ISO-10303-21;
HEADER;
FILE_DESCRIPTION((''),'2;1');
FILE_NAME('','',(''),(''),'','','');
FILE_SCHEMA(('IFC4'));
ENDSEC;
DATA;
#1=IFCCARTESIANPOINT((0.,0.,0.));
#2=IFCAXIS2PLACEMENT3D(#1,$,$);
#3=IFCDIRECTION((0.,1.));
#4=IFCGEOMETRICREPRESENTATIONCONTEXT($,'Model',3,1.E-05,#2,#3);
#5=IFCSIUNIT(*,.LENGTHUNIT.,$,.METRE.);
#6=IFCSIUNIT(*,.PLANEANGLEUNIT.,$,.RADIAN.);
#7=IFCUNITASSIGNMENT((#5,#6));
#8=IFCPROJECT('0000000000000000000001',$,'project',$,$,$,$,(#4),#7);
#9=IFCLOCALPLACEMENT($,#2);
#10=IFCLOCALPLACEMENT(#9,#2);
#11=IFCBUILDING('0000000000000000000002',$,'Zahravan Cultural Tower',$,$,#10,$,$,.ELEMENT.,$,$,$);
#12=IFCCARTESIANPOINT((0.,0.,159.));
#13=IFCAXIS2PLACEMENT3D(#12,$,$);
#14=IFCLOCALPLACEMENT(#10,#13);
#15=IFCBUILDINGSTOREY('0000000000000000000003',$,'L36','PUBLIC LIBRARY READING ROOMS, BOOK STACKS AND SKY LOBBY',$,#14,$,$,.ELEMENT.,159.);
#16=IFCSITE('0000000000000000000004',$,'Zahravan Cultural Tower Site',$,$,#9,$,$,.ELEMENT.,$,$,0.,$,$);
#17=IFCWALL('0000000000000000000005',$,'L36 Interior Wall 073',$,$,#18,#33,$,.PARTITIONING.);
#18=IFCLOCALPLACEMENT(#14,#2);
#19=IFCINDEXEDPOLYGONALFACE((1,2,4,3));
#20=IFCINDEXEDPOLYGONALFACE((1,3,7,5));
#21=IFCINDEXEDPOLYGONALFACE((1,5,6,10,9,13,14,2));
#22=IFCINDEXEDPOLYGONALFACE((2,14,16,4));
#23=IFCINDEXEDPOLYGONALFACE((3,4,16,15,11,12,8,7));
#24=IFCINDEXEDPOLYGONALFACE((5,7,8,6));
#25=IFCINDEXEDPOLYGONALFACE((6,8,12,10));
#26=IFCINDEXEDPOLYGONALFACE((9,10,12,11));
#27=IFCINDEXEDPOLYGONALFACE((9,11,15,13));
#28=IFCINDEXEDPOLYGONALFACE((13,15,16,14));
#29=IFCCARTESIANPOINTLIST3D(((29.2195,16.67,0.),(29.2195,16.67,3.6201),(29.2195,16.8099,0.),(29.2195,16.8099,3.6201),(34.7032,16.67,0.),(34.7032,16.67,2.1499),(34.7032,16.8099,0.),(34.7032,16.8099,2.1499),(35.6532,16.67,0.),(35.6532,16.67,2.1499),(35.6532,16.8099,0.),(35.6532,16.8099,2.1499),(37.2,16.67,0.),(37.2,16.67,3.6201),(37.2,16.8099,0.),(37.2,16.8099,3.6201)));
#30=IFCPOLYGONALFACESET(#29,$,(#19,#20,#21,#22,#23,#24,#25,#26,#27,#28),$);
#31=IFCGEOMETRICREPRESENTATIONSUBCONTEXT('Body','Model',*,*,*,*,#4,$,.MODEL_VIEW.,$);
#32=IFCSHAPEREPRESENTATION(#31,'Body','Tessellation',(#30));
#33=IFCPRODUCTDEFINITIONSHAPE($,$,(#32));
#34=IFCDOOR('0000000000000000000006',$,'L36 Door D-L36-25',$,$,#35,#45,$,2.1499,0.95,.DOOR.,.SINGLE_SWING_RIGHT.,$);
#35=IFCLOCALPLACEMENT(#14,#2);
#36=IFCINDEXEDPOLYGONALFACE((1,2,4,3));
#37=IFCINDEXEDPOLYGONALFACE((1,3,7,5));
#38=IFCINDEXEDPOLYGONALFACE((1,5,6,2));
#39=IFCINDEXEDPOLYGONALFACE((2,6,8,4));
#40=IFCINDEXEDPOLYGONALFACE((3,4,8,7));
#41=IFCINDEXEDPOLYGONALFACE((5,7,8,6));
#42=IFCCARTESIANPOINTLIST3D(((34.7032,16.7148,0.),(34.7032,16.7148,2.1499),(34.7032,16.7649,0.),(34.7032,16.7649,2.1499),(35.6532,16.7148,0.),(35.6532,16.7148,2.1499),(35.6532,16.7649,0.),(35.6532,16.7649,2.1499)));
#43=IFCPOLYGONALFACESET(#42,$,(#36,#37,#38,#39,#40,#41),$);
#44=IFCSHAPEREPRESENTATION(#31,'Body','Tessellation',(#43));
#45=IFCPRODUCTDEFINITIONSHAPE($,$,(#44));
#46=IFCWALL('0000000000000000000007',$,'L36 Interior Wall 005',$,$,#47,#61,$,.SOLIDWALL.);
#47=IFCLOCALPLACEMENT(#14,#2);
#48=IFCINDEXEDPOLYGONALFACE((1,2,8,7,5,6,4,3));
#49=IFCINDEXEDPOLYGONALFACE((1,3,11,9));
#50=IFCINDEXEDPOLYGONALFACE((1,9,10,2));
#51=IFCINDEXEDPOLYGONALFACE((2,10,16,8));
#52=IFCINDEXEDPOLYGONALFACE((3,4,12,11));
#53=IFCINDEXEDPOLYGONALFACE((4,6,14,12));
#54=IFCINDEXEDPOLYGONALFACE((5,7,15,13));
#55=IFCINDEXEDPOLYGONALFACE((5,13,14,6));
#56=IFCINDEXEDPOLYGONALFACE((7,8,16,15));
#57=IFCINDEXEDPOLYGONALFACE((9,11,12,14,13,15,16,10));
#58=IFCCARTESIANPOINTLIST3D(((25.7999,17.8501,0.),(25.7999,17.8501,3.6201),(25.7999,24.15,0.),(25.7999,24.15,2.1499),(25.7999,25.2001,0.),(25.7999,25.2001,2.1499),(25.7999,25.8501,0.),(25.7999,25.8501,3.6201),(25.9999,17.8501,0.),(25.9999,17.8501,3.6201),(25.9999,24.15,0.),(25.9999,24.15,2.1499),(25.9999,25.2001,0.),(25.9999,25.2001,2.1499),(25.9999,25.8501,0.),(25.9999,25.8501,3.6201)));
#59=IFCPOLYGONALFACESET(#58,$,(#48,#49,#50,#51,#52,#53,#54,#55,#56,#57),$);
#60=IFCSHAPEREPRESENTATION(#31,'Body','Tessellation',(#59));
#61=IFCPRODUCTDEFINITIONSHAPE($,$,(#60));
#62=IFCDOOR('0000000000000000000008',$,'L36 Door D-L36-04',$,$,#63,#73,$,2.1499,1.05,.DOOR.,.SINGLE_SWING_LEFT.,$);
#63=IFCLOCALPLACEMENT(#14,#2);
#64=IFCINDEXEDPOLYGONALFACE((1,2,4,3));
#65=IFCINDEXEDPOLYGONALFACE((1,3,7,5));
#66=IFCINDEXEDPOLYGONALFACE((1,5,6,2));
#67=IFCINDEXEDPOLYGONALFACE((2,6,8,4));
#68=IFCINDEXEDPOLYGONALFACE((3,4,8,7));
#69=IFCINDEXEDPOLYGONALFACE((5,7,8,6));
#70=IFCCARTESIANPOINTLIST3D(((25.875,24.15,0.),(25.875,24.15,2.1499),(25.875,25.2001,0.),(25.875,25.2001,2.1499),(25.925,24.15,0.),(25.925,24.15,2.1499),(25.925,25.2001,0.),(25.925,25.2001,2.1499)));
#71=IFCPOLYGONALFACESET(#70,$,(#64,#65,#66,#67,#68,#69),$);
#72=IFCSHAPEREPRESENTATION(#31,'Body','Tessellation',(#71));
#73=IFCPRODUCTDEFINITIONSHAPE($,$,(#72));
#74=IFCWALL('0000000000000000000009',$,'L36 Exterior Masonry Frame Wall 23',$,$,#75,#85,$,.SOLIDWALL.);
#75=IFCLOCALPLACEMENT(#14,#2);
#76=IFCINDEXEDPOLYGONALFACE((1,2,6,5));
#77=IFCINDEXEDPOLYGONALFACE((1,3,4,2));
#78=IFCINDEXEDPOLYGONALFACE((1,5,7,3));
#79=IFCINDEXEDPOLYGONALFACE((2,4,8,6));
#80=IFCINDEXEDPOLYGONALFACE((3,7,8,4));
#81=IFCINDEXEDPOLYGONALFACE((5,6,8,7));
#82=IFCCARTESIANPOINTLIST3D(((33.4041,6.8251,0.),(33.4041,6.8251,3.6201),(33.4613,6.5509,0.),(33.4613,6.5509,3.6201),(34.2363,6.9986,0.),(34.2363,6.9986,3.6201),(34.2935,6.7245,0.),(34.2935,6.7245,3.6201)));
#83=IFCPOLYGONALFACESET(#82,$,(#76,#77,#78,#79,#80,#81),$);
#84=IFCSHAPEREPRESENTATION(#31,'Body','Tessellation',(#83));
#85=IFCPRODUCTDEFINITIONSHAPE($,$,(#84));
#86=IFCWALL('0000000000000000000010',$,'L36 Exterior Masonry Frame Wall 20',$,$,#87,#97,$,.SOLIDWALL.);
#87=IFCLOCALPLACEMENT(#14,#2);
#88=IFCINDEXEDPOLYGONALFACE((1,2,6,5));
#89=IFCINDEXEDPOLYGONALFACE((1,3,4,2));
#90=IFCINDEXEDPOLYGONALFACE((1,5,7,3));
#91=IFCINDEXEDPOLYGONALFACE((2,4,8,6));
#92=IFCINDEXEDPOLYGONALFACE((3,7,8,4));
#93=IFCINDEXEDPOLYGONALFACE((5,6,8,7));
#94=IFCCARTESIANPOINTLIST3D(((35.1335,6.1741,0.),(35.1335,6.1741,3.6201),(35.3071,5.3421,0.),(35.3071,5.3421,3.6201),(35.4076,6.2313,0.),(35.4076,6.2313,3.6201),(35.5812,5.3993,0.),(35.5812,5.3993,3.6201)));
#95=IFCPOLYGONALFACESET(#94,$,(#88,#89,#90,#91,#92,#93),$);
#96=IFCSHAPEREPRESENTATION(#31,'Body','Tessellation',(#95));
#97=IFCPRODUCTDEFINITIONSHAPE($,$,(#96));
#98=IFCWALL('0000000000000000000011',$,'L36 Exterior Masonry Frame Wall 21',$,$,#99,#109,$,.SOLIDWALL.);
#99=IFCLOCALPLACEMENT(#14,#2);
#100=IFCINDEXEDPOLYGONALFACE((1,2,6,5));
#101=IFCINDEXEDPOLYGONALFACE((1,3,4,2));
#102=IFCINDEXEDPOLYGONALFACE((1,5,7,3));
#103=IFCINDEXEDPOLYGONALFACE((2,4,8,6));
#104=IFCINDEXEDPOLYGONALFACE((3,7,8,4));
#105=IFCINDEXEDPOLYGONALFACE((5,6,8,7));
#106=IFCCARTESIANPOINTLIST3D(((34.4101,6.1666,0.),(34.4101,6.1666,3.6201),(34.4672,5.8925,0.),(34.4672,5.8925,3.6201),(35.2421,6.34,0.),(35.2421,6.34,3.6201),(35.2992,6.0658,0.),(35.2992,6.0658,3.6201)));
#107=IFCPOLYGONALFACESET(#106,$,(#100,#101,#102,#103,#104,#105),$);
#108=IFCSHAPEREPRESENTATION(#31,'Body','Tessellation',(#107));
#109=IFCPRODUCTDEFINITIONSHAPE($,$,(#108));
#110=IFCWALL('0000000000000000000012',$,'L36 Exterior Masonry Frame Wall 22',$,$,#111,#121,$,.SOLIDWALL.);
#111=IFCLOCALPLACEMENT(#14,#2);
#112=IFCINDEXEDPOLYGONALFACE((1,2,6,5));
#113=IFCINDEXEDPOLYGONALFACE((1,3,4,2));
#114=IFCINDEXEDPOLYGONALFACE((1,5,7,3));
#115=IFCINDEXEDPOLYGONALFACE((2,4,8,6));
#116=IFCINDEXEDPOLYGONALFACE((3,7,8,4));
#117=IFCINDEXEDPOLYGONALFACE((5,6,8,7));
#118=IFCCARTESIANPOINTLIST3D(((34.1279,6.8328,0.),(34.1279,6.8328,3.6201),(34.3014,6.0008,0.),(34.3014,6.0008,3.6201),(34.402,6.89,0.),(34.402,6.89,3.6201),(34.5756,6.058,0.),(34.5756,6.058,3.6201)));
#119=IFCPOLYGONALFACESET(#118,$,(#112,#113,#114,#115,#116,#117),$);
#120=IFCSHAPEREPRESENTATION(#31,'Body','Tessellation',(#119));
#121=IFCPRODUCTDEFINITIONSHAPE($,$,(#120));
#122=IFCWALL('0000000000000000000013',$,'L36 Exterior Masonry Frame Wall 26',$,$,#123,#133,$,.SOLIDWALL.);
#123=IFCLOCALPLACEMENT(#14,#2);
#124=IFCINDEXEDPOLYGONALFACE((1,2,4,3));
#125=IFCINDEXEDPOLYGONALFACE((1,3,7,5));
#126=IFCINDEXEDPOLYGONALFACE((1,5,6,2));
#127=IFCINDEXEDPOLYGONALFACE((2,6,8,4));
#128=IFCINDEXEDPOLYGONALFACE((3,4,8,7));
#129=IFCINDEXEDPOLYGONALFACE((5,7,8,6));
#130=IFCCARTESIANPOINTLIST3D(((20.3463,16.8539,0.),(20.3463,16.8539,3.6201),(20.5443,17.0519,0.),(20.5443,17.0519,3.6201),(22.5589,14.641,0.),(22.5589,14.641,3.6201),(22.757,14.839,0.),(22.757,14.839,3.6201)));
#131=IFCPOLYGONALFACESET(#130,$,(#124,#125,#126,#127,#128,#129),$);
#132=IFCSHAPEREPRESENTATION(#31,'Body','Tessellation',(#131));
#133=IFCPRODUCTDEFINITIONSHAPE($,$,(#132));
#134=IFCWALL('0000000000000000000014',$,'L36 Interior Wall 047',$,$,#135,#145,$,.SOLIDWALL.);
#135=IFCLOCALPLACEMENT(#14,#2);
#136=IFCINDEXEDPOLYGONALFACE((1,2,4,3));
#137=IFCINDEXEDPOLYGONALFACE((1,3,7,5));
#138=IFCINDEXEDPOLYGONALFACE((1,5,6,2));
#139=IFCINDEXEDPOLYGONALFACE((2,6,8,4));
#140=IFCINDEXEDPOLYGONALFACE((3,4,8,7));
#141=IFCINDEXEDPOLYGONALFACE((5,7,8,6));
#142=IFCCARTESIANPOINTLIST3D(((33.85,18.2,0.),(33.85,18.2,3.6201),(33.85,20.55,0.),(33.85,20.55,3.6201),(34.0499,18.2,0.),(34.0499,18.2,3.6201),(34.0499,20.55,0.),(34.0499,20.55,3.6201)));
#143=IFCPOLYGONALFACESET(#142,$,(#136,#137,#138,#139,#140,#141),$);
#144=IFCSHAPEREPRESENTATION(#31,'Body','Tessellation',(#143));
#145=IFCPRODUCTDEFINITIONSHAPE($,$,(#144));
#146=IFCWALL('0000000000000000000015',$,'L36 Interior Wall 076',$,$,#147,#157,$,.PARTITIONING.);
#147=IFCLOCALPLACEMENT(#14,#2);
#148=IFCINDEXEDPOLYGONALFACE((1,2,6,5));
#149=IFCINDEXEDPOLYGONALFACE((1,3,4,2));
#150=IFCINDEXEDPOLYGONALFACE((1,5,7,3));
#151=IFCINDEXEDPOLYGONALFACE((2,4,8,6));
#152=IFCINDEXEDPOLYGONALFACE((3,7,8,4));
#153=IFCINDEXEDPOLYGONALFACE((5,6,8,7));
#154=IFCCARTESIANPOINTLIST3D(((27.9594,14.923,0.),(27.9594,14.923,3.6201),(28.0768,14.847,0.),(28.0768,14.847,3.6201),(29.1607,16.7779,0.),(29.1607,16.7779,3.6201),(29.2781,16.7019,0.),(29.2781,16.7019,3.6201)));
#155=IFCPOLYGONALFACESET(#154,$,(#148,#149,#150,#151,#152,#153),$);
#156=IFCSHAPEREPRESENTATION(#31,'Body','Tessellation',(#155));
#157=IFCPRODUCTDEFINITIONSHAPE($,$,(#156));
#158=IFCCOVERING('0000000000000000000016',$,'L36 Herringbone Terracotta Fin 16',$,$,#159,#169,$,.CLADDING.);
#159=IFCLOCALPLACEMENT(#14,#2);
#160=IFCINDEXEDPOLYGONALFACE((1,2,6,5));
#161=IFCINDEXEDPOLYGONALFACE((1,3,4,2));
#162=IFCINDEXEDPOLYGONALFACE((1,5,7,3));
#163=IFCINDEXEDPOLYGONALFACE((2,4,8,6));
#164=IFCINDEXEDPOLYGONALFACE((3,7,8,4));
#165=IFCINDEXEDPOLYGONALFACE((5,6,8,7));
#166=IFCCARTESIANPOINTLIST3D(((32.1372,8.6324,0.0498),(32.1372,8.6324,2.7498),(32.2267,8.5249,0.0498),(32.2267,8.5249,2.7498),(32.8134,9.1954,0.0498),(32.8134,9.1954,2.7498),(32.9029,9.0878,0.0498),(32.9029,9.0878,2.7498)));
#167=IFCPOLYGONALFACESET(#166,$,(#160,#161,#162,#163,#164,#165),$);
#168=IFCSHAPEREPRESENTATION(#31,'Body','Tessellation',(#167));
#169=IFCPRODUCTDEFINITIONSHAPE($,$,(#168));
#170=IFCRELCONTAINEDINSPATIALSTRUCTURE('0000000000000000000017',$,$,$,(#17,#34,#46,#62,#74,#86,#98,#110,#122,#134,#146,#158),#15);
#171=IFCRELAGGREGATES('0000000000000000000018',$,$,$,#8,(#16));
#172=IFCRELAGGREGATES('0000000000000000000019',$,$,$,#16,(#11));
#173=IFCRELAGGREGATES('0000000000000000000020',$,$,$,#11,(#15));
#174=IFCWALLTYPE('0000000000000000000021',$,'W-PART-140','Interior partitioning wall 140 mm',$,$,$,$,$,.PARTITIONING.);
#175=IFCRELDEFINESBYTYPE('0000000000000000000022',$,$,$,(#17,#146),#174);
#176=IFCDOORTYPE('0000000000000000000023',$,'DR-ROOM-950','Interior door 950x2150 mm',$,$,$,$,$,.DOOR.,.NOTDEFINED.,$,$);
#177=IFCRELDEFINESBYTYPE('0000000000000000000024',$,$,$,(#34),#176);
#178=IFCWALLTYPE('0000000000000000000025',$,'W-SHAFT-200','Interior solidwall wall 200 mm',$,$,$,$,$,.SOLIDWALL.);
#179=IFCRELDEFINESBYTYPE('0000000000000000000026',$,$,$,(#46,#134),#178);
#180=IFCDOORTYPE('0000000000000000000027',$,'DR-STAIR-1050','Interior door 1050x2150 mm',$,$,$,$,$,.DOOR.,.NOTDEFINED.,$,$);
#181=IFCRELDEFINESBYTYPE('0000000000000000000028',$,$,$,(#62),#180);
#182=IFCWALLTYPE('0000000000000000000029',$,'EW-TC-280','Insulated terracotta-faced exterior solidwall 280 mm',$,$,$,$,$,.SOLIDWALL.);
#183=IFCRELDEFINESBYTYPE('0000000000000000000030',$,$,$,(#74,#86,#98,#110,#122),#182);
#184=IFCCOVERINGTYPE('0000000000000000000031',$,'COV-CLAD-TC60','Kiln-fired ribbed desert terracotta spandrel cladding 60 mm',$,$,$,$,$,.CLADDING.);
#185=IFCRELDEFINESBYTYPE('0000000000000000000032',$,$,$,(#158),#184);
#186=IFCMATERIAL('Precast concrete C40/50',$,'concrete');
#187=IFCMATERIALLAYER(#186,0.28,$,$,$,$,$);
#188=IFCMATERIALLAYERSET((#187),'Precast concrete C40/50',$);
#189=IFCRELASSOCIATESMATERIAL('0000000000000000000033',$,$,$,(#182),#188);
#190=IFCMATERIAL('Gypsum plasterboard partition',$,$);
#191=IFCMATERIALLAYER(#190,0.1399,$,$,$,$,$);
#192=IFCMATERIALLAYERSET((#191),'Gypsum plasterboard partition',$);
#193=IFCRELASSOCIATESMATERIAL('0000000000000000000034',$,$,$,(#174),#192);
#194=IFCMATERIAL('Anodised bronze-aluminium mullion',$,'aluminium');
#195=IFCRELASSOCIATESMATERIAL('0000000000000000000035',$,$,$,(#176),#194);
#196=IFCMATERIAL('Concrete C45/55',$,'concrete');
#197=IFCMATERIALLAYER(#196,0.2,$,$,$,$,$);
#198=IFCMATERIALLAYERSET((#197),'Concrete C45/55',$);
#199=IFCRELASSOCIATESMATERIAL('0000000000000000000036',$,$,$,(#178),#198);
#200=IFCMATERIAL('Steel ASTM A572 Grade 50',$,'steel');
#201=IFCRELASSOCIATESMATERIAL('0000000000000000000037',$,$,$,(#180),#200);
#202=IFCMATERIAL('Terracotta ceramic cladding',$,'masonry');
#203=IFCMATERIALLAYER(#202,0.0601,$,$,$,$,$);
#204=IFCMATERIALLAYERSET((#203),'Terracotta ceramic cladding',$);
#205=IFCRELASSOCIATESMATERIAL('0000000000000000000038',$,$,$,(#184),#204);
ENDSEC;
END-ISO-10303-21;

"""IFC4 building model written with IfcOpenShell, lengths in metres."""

from ifc_helpers import new_model, si_unit, direction, frame, frame_2d, origin, origin_2d, place, context, subcontext, project, spatial, rectangle, extrude, source, transform, mapped, material, layer, layer_set, type_object, element, fill, save


model = new_model("IFC4")

# Units and contexts
model_context = context("Model", 3, precision=1e-05, world=origin(), true_north=direction((0.0, 1.0)))
body_context = subcontext(model_context, "Body", "Model", "MODEL_VIEW")
ifc_project = project(units=[si_unit("LENGTHUNIT", "METRE"), si_unit("PLANEANGLEUNIT", "RADIAN")], contexts=[model_context])

# Site, building, storey
site_placement = place(None, origin())
site = spatial("IfcSite", under=ifc_project, at=site_placement, Name="Zahravan Cultural Tower Site", CompositionType="ELEMENT", RefElevation=0.0)
building_placement = place(site_placement, origin())
building = spatial("IfcBuilding", under=site, at=building_placement, Name="Zahravan Cultural Tower", CompositionType="ELEMENT")
storey_placement = place(building_placement, frame((0.0, 0.0, 159.0)))
storey = spatial("IfcBuildingStorey", under=building, at=storey_placement, Name="L36", Description="PUBLIC LIBRARY READING ROOMS, BOOK STACKS AND SKY LOBBY", CompositionType="ELEMENT", Elevation=159.0)

# Shared definitions
ifc_material_1 = material(Name="Anodised bronze-aluminium mullion", Category="aluminium")

# Shared definitions
ifc_material_2 = material(Name="Steel ASTM A572 Grade 50", Category="steel")

# Shared definitions
ifc_material_3 = material(Name="Precast concrete C40/50", Category="concrete")
ifc_layer_1 = layer(ifc_material_3, 0.28)
ifc_layer_set_1 = layer_set([ifc_layer_1], Name="Precast concrete C40/50")
wall_type_1 = type_object("IfcWallType", Name="EW-TC-280", Description="Insulated terracotta-faced exterior solidwall 280 mm", PredefinedType="SOLIDWALL", material=ifc_layer_set_1)

# Walls, openings, doors
ifc_material_4 = material(Name="Gypsum plasterboard partition")
ifc_layer_2 = layer(ifc_material_4, 0.1399)
ifc_layer_set_2 = layer_set([ifc_layer_2], Name="Gypsum plasterboard partition")
wall_type_2 = type_object("IfcWallType", Name="W-PART-140", Description="Interior partitioning wall 140 mm", PredefinedType="PARTITIONING", material=ifc_layer_set_2)
wall_1_placement = place(storey_placement, frame((29.2195, 16.74, 0.0), z_axis=(0.0, 0.0, 1.0), x_axis=(1.0, 0.0, 0.0)))
wall_1 = element("IfcWall", 1, at=wall_1_placement, inside=storey, type_object=wall_type_2, Name="L36 Interior Wall 073", PredefinedType="PARTITIONING", context=body_context, shape_type="SweptSolid", body=[
    extrude(rectangle(XDim=7.9805, YDim=0.1399, at=frame_2d((3.9902, 0.0))), origin(), (0.0, 0.0, 1.0), 3.6201),
])
opening_1_placement = place(wall_1_placement, frame((5.4836, 0.0, 0.0)))
opening_1 = element("IfcOpeningElement", 2, at=opening_1_placement, cuts=wall_1, PredefinedType="OPENING", context=body_context, shape_type="SweptSolid", body=[
    extrude(rectangle(XDim=0.95, YDim=2.1499, at=frame_2d((0.4751, 1.075))), frame((0.0, 0.0798, 0.0), z_axis=(0.0, -1.0, 0.0), x_axis=(1.0, 0.0, 0.0)), (0.0, 0.0, 1.0), 0.1599),
])
door_type_1 = type_object("IfcDoorType", Name="DR-ROOM-950", Description="Interior door 950x2150 mm", OperationType="NOTDEFINED", PredefinedType="DOOR", material=ifc_material_1)
shared_shape_1 = source(origin(), body_context, "Body", "SweptSolid", [
    extrude(rectangle(XDim=0.95, YDim=2.1499, at=frame_2d((0.4751, 1.075))), frame((0.0, 0.0249, 0.0), z_axis=(0.0, -1.0, 0.0), x_axis=(1.0, 0.0, 0.0)), (0.0, 0.0, 1.0), 0.05),
])
door_1_placement = place(opening_1_placement, origin())
door_1 = element("IfcDoor", 3, at=door_1_placement, inside=storey, type_object=door_type_1, Name="L36 Door D-L36-25", OperationType="SINGLE_SWING_RIGHT", OverallHeight=2.1499, OverallWidth=0.95, PredefinedType="DOOR", context=body_context, shape_type="MappedRepresentation", body=[
    mapped(shared_shape_1, transform((0.0, 0.0, 0.0), x_axis=(1.0, 0.0, 0.0), y_axis=(0.0, 1.0, 0.0), z_axis=(0.0, 0.0, 1.0), scale=1.0)),
])
fill(opening_1, door_1)
ifc_material_5 = material(Name="Concrete C45/55", Category="concrete")
ifc_layer_3 = layer(ifc_material_5, 0.2)
ifc_layer_set_3 = layer_set([ifc_layer_3], Name="Concrete C45/55")
wall_type_3 = type_object("IfcWallType", Name="W-SHAFT-200", Description="Interior solidwall wall 200 mm", PredefinedType="SOLIDWALL", material=ifc_layer_set_3)
wall_2_placement = place(storey_placement, frame((25.8999, 17.8501, 0.0), z_axis=(0.0, 0.0, 1.0), x_axis=(0.0, 1.0, 0.0)))
wall_2 = element("IfcWall", 4, at=wall_2_placement, inside=storey, type_object=wall_type_3, Name="L36 Interior Wall 005", PredefinedType="SOLIDWALL", context=body_context, shape_type="SweptSolid", body=[
    extrude(rectangle(XDim=8.0, YDim=0.2, at=frame_2d((4.0, 0.0))), origin(), (0.0, 0.0, 1.0), 3.6201),
])
opening_2_placement = place(wall_2_placement, frame((6.3, 0.0, 0.0)))
opening_2 = element("IfcOpeningElement", 5, at=opening_2_placement, cuts=wall_2, PredefinedType="OPENING", context=body_context, shape_type="SweptSolid", body=[
    extrude(rectangle(XDim=1.05, YDim=2.1499, at=frame_2d((0.5249, 1.075))), frame((0.0, 0.1099, 0.0), z_axis=(0.0, -1.0, 0.0), x_axis=(1.0, 0.0, 0.0)), (0.0, 0.0, 1.0), 0.22),
])
door_type_2 = type_object("IfcDoorType", Name="DR-STAIR-1050", Description="Interior door 1050x2150 mm", OperationType="NOTDEFINED", PredefinedType="DOOR", material=ifc_material_2)
shared_shape_2 = source(origin(), body_context, "Body", "SweptSolid", [
    extrude(rectangle(XDim=1.05, YDim=2.1499, at=frame_2d((0.5249, 1.075))), frame((0.0, 0.0249, 0.0), z_axis=(0.0, -1.0, 0.0), x_axis=(1.0, 0.0, 0.0)), (0.0, 0.0, 1.0), 0.05),
])
door_2_placement = place(opening_2_placement, origin())
door_2 = element("IfcDoor", 6, at=door_2_placement, inside=storey, type_object=door_type_2, Name="L36 Door D-L36-04", OperationType="SINGLE_SWING_LEFT", OverallHeight=2.1499, OverallWidth=1.05, PredefinedType="DOOR", context=body_context, shape_type="MappedRepresentation", body=[
    mapped(shared_shape_2, transform((0.0, 0.0, 0.0), x_axis=(1.0, 0.0, 0.0), y_axis=(0.0, 1.0, 0.0), z_axis=(0.0, 0.0, 1.0), scale=1.0)),
])
fill(opening_2, door_2)

# Walls
shared_shape_3 = source(origin(), body_context, "Body", "SweptSolid", [
    extrude(rectangle(XDim=0.8501, YDim=0.28, at=frame_2d((0.425, 0.0))), origin(), (0.0, 0.0, 1.0), 3.6201),
])
wall_3_placement = place(storey_placement, frame((34.2649, 6.8616, 0.0), z_axis=(0.0, 0.0, 1.0), x_axis=(-0.978935, -0.204172, 0.0)))
element("IfcWall", 7, at=wall_3_placement, inside=storey, type_object=wall_type_1, Name="L36 Exterior Masonry Frame Wall 23", PredefinedType="SOLIDWALL", context=body_context, shape_type="MappedRepresentation", body=[
    mapped(shared_shape_3, transform((0.0, 0.0, 0.0), x_axis=(1.0, 0.0, 0.0), y_axis=(0.0, 1.0, 0.0), z_axis=(0.0, 0.0, 1.0), scale=1.0)),
])
shared_shape_4 = source(origin(), body_context, "Body", "SweptSolid", [
    extrude(rectangle(XDim=0.8499, YDim=0.28, at=frame_2d((0.4248, 0.0))), origin(), (0.0, 0.0, 1.0), 3.6201),
])
for number, where, z_axis, x_axis, name in (
    (8, (35.4441, 5.3708, 0.0), (0.0, 0.0, 1.0), (-0.20423, 0.978923, 0.0), "L36 Exterior Masonry Frame Wall 20"),
    (9, (35.2705, 6.2029, 0.0), (0.0, 0.0, 1.0), (-0.97898, -0.203954, 0.0), "L36 Exterior Masonry Frame Wall 21"),
    (10, (34.4385, 6.0295, 0.0), (0.0, 0.0, 1.0), (-0.20423, 0.978923, 0.0), "L36 Exterior Masonry Frame Wall 22"),
):
    element("IfcWall", number, at=place(storey_placement, frame(where, z_axis=z_axis, x_axis=x_axis)), inside=storey, type_object=wall_type_1, Name=name, PredefinedType="SOLIDWALL", context=body_context, shape_type="MappedRepresentation", body=[
        mapped(shared_shape_4, transform((0.0, 0.0, 0.0), x_axis=(1.0, 0.0, 0.0), y_axis=(0.0, 1.0, 0.0), z_axis=(0.0, 0.0, 1.0), scale=1.0)),
    ])
shared_shape_5 = source(origin(), body_context, "Body", "SweptSolid", [
    extrude(rectangle(XDim=3.1294, YDim=0.28, at=frame_2d((1.5647, 0.0))), origin(), (0.0, 0.0, 1.0), 3.6201),
])
wall_4_placement = place(storey_placement, frame((22.658, 14.74, 0.0), z_axis=(0.0, 0.0, 1.0), x_axis=(-0.707068, 0.707146, 0.0)))
element("IfcWall", 11, at=wall_4_placement, inside=storey, type_object=wall_type_1, Name="L36 Exterior Masonry Frame Wall 26", PredefinedType="SOLIDWALL", context=body_context, shape_type="MappedRepresentation", body=[
    mapped(shared_shape_5, transform((0.0, 0.0, 0.0), x_axis=(1.0, 0.0, 0.0), y_axis=(0.0, 1.0, 0.0), z_axis=(0.0, 0.0, 1.0), scale=1.0)),
])
shared_shape_6 = source(origin(), body_context, "Body", "SweptSolid", [
    extrude(rectangle(XDim=2.3501, YDim=0.2, at=frame_2d((1.175, 0.0))), origin(), (0.0, 0.0, 1.0), 3.6201),
])
wall_5_placement = place(storey_placement, frame((33.95, 18.2, 0.0), z_axis=(0.0, 0.0, 1.0), x_axis=(0.0, 1.0, 0.0)))
element("IfcWall", 12, at=wall_5_placement, inside=storey, type_object=wall_type_3, Name="L36 Interior Wall 047", PredefinedType="SOLIDWALL", context=body_context, shape_type="MappedRepresentation", body=[
    mapped(shared_shape_6, transform((0.0, 0.0, 0.0), x_axis=(1.0, 0.0, 0.0), y_axis=(0.0, 1.0, 0.0), z_axis=(0.0, 0.0, 1.0), scale=1.0)),
])
shared_shape_7 = source(origin(), body_context, "Body", "SweptSolid", [
    extrude(rectangle(XDim=2.21, YDim=0.1399, at=frame_2d((1.105, 0.0))), origin(), (0.0, 0.0, 1.0), 3.6201),
])
wall_6_placement = place(storey_placement, frame((28.0181, 14.885, 0.0), z_axis=(0.0, 0.0, 1.0), x_axis=(0.543613, 0.839336, 0.0)))
element("IfcWall", 13, at=wall_6_placement, inside=storey, type_object=wall_type_2, Name="L36 Interior Wall 076", PredefinedType="PARTITIONING", context=body_context, shape_type="MappedRepresentation", body=[
    mapped(shared_shape_7, transform((0.0, 0.0, 0.0), x_axis=(1.0, 0.0, 0.0), y_axis=(0.0, 1.0, 0.0), z_axis=(0.0, 0.0, 1.0), scale=1.0)),
])

# Covering
ifc_material_6 = material(Name="Terracotta ceramic cladding", Category="masonry")
ifc_layer_4 = layer(ifc_material_6, 0.0601)
ifc_layer_set_4 = layer_set([ifc_layer_4], Name="Terracotta ceramic cladding")
covering_type = type_object("IfcCoveringType", Name="COV-CLAD-TC60", Description="Kiln-fired ribbed desert terracotta spandrel cladding 60 mm", PredefinedType="CLADDING", material=ifc_layer_set_4)
shared_shape_8 = source(origin(), body_context, "Body", "SweptSolid", [
    extrude(rectangle(XDim=0.8799, YDim=0.1399, at=origin_2d()), origin(), (0.0, 0.0, 1.0), 2.7),
])
for number, where, z_axis, x_axis, name in (
    (14, (32.52, 8.8601, 0.0498), (0.0, 0.0, 1.0), (-0.768507, -0.639841, 0.0), "L36 Herringbone Terracotta Fin 16"),
):
    element("IfcCovering", number, at=place(storey_placement, frame(where, z_axis=z_axis, x_axis=x_axis)), inside=storey, type_object=covering_type, Name=name, PredefinedType="CLADDING", context=body_context, shape_type="MappedRepresentation", body=[
        mapped(shared_shape_8, transform((0.0, 0.0, 0.0), x_axis=(1.0, 0.0, 0.0), y_axis=(0.0, 1.0, 0.0), z_axis=(0.0, 0.0, 1.0), scale=1.0)),
    ])

save(model, "model.ifc")
